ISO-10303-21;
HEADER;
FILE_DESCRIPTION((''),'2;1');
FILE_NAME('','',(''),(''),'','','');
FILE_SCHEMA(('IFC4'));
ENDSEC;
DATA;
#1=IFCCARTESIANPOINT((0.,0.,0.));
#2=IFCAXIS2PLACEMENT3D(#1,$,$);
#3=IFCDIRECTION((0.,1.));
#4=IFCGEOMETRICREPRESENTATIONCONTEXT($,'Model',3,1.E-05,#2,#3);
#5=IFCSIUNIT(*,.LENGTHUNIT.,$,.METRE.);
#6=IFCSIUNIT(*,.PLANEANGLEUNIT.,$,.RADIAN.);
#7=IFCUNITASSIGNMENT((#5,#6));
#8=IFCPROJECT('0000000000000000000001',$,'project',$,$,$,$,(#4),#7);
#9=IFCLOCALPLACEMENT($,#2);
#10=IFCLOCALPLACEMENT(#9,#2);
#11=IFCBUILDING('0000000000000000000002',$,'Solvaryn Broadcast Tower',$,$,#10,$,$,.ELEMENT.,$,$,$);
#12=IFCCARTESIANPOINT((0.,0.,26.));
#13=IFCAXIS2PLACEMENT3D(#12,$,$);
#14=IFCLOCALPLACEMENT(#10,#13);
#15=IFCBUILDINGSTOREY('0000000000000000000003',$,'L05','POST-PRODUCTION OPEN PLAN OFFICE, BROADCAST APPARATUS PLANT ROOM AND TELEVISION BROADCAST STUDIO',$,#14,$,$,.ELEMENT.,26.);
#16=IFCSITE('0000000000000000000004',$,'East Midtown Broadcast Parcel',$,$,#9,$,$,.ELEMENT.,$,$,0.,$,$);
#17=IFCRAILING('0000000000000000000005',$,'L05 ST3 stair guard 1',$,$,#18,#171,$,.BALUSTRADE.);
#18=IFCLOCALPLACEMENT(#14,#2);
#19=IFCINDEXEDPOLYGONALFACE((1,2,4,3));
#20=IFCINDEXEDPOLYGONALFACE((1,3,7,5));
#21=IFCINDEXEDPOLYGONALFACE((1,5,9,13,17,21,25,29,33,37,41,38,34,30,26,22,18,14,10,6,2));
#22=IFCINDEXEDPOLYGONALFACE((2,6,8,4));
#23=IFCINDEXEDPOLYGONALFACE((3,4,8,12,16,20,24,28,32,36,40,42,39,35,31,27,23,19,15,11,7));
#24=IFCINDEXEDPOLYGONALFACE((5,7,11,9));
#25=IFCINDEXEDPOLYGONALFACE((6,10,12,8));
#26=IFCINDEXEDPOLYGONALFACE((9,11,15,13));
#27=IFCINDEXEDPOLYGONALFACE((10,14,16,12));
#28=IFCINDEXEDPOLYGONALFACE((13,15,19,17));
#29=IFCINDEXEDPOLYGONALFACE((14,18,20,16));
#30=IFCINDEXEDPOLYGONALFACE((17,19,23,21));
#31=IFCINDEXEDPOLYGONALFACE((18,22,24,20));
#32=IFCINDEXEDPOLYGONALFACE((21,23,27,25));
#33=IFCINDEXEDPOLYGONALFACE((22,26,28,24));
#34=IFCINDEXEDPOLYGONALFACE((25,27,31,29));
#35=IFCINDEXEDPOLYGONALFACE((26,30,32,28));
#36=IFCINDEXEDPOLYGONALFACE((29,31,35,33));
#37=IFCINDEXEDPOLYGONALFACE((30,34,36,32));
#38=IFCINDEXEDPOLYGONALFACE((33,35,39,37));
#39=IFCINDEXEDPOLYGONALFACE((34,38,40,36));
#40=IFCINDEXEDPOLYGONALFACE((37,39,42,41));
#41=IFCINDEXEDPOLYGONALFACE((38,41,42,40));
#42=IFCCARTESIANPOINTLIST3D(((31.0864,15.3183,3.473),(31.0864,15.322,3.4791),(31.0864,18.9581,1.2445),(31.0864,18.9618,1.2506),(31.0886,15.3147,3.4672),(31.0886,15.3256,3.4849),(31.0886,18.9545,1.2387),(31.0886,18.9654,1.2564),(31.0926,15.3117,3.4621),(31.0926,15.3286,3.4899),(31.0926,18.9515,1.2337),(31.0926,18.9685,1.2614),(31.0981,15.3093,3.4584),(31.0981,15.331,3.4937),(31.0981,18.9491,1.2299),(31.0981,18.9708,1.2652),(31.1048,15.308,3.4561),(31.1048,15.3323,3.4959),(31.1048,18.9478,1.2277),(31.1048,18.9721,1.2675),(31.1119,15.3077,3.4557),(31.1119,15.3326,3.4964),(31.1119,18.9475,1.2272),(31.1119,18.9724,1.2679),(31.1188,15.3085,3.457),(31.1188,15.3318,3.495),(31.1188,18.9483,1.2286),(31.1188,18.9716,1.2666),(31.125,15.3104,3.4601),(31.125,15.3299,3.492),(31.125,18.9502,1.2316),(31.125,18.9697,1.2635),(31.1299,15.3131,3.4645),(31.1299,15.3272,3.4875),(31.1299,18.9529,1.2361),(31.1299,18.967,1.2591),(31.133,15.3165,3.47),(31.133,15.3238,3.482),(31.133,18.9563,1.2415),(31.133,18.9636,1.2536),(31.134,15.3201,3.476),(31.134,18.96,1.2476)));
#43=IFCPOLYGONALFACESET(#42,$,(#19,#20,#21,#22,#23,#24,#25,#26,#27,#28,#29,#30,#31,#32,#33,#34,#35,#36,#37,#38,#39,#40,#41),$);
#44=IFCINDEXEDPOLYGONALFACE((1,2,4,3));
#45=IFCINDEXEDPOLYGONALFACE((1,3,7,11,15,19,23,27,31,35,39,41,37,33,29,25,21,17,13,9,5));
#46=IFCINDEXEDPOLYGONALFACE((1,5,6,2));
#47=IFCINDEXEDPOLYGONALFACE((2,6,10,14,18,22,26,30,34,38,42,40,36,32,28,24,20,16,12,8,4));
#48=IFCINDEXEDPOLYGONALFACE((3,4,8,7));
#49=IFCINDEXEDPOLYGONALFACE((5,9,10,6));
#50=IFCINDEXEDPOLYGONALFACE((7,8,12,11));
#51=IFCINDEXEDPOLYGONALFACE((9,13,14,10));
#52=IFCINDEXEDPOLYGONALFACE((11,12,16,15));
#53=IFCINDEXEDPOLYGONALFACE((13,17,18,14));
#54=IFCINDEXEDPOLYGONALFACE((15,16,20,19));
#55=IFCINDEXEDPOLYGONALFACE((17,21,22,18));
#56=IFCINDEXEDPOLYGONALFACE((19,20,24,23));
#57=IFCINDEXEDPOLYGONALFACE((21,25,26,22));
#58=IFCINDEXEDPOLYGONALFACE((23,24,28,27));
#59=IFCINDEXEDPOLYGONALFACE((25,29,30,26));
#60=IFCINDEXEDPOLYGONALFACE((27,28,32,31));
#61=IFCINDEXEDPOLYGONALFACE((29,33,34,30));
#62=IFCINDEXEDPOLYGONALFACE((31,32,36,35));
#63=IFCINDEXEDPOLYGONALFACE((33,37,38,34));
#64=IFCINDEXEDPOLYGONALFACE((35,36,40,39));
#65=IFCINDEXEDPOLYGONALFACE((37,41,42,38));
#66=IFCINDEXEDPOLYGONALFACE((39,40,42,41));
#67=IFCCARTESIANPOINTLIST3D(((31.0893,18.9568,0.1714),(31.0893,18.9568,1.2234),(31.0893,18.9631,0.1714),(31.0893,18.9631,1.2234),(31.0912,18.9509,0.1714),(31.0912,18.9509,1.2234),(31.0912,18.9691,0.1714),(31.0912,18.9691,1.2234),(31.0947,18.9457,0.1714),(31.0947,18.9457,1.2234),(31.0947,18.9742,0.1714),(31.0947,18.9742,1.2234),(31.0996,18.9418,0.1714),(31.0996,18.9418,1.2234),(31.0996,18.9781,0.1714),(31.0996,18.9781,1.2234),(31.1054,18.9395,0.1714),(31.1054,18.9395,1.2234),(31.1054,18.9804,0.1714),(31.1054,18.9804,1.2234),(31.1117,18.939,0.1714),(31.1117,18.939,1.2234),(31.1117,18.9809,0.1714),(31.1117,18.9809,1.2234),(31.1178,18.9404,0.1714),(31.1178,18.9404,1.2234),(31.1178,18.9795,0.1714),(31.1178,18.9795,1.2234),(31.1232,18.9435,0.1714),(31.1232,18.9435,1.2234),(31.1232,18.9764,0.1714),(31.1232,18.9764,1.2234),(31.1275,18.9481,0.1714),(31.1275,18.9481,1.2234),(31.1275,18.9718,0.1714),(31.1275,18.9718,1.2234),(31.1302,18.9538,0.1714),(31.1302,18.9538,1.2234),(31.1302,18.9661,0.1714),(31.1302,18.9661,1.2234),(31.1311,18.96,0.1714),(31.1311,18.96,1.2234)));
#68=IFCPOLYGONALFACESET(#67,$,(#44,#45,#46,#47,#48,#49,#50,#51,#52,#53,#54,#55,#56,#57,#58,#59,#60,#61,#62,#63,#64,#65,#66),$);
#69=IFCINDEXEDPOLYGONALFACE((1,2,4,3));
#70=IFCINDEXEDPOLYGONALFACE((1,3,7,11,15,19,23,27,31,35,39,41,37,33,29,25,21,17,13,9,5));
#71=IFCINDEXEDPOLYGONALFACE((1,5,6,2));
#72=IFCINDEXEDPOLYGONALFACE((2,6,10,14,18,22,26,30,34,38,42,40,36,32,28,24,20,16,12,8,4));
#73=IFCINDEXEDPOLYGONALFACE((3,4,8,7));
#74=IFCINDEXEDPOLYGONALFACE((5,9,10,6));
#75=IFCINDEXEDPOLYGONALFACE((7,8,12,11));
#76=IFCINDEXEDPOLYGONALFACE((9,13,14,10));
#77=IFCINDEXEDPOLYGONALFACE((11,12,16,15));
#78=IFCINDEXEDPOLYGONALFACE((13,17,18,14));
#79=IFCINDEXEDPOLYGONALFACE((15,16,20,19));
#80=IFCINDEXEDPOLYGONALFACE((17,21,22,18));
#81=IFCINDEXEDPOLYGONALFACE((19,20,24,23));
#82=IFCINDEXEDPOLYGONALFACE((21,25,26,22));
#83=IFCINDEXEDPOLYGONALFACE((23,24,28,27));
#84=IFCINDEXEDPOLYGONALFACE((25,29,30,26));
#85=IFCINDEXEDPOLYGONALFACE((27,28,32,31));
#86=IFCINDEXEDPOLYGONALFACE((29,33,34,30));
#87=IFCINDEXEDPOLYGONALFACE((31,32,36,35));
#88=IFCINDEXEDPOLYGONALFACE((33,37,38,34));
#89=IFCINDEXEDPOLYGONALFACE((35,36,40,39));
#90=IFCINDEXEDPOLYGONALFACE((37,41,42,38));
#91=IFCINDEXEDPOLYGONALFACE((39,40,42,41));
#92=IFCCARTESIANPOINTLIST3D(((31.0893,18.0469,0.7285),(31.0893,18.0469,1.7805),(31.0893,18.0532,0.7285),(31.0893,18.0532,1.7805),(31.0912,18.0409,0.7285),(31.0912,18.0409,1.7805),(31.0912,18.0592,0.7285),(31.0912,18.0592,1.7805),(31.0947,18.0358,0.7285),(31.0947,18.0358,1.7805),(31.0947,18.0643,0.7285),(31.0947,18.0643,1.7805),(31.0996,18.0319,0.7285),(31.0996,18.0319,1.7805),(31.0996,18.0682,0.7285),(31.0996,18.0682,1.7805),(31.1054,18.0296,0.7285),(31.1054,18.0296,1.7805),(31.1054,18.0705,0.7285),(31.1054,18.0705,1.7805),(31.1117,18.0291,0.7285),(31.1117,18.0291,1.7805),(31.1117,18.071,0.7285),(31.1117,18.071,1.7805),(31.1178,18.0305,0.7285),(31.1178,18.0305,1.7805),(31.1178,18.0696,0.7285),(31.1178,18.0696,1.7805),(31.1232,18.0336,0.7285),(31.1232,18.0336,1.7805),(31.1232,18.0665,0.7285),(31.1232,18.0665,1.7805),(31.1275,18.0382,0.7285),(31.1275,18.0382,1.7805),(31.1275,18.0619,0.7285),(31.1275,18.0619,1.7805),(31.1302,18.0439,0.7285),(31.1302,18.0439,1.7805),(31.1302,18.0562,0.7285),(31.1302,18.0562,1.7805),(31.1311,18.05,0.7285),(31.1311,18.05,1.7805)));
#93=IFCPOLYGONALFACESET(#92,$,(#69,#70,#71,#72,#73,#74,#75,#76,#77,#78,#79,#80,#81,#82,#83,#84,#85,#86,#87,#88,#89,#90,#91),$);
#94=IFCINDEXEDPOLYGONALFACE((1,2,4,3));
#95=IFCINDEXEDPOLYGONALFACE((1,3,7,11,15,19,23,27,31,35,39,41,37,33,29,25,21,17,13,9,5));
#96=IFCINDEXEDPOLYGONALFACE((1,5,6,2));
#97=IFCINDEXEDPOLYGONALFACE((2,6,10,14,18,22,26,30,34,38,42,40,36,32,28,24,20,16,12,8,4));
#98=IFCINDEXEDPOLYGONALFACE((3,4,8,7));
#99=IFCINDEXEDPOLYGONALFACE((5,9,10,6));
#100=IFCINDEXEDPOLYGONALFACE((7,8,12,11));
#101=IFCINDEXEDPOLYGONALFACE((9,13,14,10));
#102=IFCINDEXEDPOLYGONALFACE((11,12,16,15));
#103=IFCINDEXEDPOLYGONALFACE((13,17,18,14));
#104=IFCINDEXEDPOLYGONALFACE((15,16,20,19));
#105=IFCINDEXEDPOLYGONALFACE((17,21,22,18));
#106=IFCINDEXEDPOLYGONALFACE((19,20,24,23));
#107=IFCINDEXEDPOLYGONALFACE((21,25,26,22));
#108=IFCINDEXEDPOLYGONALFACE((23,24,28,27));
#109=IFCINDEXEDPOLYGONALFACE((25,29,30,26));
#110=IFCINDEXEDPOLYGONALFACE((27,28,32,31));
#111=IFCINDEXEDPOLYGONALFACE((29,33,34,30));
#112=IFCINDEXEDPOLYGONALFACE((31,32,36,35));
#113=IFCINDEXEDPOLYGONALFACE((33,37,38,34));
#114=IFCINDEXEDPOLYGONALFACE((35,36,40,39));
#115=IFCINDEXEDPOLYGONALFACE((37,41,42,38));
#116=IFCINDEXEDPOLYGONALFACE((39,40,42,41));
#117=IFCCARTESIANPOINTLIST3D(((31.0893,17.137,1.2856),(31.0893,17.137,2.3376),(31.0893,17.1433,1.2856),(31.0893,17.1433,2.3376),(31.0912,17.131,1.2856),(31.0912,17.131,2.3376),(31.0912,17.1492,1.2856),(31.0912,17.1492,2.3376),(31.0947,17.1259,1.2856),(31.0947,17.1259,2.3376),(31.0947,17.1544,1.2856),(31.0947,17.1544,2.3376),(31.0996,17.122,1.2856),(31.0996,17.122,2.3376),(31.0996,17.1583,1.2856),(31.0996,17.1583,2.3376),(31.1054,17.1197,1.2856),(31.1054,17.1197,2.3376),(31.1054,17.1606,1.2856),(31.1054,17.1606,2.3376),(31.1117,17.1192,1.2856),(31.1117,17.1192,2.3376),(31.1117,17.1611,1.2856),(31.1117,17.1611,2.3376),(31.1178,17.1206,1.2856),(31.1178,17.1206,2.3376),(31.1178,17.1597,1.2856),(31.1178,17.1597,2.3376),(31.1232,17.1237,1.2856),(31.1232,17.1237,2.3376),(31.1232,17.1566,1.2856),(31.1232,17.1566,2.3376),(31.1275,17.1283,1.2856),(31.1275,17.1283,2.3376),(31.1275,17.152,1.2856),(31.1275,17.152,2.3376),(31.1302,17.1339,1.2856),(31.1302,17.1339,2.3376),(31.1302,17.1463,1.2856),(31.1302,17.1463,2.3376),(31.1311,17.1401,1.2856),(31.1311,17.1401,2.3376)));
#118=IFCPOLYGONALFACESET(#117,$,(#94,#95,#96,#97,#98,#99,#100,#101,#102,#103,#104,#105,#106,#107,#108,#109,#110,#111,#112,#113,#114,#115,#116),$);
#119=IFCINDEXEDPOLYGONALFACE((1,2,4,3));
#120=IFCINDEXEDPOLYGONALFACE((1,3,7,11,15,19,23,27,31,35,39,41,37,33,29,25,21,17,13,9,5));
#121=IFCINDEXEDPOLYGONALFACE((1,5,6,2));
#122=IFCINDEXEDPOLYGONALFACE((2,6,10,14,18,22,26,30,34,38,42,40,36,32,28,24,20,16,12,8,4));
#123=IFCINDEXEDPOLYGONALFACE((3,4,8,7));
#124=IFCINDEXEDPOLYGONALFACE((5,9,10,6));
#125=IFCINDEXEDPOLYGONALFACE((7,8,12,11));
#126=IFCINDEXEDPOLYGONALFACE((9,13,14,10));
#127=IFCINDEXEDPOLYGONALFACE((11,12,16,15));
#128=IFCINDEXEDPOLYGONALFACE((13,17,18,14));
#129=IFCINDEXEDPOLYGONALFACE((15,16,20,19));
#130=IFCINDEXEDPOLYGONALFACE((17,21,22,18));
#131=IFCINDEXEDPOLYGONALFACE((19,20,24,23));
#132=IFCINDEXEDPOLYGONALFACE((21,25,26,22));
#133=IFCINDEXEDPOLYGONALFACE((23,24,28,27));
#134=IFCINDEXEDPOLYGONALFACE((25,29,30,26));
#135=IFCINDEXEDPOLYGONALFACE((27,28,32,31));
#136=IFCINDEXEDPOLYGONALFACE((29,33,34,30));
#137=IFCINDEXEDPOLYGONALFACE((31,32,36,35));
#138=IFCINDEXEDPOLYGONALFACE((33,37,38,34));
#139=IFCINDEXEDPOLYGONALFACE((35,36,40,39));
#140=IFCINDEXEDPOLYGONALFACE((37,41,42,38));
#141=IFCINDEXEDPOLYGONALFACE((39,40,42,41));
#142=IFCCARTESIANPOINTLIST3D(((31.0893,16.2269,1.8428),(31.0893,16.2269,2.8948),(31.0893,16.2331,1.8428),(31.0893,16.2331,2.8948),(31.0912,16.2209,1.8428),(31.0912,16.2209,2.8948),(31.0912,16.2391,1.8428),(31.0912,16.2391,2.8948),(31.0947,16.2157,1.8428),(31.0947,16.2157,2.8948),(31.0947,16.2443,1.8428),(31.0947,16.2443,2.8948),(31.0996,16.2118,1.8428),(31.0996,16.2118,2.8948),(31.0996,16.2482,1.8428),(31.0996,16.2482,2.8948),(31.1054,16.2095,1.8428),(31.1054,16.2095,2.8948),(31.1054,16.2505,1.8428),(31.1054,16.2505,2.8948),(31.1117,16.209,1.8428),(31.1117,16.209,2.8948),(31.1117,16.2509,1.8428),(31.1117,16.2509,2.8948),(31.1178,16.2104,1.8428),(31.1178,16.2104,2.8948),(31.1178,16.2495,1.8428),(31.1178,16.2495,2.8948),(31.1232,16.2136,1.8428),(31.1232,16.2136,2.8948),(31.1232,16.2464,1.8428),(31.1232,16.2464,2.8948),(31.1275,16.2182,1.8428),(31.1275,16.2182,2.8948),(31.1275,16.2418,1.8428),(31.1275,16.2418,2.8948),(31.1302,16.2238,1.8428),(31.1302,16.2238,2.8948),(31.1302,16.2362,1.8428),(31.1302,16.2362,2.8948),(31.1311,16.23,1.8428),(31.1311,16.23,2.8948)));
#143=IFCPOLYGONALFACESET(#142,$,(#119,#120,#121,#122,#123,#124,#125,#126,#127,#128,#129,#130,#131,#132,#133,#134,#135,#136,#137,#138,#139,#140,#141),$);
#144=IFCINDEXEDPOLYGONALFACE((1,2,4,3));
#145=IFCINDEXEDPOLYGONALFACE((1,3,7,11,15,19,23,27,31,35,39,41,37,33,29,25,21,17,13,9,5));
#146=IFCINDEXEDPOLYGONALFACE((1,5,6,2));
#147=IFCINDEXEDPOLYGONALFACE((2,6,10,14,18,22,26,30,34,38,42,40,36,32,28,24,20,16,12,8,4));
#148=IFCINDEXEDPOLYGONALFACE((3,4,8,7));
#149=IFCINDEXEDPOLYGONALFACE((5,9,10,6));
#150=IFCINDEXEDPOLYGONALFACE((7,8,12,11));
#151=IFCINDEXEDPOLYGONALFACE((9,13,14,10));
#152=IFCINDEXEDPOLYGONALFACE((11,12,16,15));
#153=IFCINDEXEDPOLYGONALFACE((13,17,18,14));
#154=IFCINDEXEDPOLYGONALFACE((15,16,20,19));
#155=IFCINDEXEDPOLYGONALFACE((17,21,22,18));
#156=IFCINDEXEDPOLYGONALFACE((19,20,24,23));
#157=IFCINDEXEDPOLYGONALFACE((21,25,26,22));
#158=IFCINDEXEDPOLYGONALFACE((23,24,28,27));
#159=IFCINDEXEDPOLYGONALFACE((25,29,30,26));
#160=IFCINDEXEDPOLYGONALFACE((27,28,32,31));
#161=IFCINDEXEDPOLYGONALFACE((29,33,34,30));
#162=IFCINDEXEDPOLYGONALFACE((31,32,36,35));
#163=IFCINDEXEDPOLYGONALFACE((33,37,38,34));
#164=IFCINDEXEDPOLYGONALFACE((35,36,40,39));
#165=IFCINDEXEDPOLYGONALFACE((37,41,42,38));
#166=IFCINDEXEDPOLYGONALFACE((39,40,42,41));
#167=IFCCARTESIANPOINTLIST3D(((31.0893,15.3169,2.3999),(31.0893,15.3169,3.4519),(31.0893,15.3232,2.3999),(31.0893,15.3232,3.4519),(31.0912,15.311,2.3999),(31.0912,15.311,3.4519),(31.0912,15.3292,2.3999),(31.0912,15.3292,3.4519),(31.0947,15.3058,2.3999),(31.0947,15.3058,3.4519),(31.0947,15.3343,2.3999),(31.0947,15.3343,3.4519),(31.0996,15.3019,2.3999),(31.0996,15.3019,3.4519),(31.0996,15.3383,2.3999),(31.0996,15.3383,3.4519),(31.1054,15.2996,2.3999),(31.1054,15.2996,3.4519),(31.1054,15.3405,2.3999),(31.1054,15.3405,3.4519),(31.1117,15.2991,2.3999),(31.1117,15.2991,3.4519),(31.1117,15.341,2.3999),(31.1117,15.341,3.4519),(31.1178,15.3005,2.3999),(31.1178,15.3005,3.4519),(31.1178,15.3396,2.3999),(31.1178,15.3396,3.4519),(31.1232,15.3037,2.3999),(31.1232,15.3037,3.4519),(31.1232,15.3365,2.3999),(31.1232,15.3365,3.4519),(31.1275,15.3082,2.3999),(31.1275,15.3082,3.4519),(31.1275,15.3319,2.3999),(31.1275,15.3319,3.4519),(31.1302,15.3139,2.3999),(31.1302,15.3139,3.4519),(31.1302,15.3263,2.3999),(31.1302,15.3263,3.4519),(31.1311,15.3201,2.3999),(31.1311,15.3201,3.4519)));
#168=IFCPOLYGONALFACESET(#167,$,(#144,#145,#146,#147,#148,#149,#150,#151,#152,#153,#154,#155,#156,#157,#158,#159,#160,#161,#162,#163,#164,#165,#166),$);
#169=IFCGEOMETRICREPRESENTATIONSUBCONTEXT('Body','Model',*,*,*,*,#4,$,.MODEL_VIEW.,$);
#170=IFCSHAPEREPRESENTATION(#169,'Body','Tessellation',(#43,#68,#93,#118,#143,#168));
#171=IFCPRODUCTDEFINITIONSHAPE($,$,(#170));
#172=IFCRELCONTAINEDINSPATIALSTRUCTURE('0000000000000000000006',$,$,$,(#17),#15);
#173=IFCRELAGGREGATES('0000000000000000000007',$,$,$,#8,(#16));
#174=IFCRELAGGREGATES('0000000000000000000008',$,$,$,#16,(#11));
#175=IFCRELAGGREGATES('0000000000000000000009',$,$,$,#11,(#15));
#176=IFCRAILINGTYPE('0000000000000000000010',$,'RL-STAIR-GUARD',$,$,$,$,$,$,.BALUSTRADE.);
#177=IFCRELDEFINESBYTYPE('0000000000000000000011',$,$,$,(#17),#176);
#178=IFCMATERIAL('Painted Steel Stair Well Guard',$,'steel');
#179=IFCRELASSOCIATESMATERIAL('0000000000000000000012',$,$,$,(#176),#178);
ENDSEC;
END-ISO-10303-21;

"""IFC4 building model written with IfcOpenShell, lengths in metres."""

from ifc_helpers import new_model, si_unit, direction, frame, origin, origin_2d, place, context, subcontext, project, spatial, circle, extrude, material, type_object, element, save


model = new_model("IFC4")

# Units and contexts
model_context = context("Model", 3, precision=1e-05, world=origin(), true_north=direction((0.0, 1.0)))
body_context = subcontext(model_context, "Body", "Model", "MODEL_VIEW")
ifc_project = project(units=[si_unit("LENGTHUNIT", "METRE"), si_unit("PLANEANGLEUNIT", "RADIAN")], contexts=[model_context])

# Site, building, storey
site_placement = place(None, origin())
site = spatial("IfcSite", under=ifc_project, at=site_placement, Name="East Midtown Broadcast Parcel", CompositionType="ELEMENT", RefElevation=0.0)
building_placement = place(site_placement, origin())
building = spatial("IfcBuilding", under=site, at=building_placement, Name="Solvaryn Broadcast Tower", CompositionType="ELEMENT")
storey_placement = place(building_placement, frame((0.0, 0.0, 26.0)))
storey = spatial("IfcBuildingStorey", under=building, at=storey_placement, Name="L05", Description="POST-PRODUCTION OPEN PLAN OFFICE, BROADCAST APPARATUS PLANT ROOM AND TELEVISION BROADCAST STUDIO", CompositionType="ELEMENT", Elevation=26.0)

# Railing
ifc_material_1 = material(Name="Painted Steel Stair Well Guard", Category="steel")
railing_type_1 = type_object("IfcRailingType", Name="RL-STAIR-GUARD", PredefinedType="BALUSTRADE", material=ifc_material_1)
railing_1_placement = place(storey_placement, frame((31.1101, 18.96, 0.1714)))
element("IfcRailing", 1, at=railing_1_placement, inside=storey, type_object=railing_type_1, Name="L05 ST3 stair guard 1", PredefinedType="BALUSTRADE", context=body_context, shape_type="SweptSolid", body=[
    extrude(circle(Radius=0.0239, at=origin_2d()), frame((0.0, 0.0, 1.0762), z_axis=(0.0, -0.85285, 0.522156), x_axis=(1.0, 0.0, 0.0)), (0.0, 0.0, 1.0), 4.2678),
    extrude(circle(Radius=0.021, at=origin_2d()), origin(), (0.0, 0.0, 1.0), 1.052),
    extrude(circle(Radius=0.021, at=origin_2d()), frame((0.0, -0.9099, 0.5571)), (0.0, 0.0, 1.0), 1.052),
    extrude(circle(Radius=0.021, at=origin_2d()), frame((0.0, -1.8198, 1.1143)), (0.0, 0.0, 1.0), 1.052),
    extrude(circle(Radius=0.021, at=origin_2d()), frame((0.0, -2.73, 1.6714)), (0.0, 0.0, 1.0), 1.052),
    extrude(circle(Radius=0.021, at=origin_2d()), frame((0.0, -3.6399, 2.2285)), (0.0, 0.0, 1.0), 1.052),
])

save(model, "model.ifc")
